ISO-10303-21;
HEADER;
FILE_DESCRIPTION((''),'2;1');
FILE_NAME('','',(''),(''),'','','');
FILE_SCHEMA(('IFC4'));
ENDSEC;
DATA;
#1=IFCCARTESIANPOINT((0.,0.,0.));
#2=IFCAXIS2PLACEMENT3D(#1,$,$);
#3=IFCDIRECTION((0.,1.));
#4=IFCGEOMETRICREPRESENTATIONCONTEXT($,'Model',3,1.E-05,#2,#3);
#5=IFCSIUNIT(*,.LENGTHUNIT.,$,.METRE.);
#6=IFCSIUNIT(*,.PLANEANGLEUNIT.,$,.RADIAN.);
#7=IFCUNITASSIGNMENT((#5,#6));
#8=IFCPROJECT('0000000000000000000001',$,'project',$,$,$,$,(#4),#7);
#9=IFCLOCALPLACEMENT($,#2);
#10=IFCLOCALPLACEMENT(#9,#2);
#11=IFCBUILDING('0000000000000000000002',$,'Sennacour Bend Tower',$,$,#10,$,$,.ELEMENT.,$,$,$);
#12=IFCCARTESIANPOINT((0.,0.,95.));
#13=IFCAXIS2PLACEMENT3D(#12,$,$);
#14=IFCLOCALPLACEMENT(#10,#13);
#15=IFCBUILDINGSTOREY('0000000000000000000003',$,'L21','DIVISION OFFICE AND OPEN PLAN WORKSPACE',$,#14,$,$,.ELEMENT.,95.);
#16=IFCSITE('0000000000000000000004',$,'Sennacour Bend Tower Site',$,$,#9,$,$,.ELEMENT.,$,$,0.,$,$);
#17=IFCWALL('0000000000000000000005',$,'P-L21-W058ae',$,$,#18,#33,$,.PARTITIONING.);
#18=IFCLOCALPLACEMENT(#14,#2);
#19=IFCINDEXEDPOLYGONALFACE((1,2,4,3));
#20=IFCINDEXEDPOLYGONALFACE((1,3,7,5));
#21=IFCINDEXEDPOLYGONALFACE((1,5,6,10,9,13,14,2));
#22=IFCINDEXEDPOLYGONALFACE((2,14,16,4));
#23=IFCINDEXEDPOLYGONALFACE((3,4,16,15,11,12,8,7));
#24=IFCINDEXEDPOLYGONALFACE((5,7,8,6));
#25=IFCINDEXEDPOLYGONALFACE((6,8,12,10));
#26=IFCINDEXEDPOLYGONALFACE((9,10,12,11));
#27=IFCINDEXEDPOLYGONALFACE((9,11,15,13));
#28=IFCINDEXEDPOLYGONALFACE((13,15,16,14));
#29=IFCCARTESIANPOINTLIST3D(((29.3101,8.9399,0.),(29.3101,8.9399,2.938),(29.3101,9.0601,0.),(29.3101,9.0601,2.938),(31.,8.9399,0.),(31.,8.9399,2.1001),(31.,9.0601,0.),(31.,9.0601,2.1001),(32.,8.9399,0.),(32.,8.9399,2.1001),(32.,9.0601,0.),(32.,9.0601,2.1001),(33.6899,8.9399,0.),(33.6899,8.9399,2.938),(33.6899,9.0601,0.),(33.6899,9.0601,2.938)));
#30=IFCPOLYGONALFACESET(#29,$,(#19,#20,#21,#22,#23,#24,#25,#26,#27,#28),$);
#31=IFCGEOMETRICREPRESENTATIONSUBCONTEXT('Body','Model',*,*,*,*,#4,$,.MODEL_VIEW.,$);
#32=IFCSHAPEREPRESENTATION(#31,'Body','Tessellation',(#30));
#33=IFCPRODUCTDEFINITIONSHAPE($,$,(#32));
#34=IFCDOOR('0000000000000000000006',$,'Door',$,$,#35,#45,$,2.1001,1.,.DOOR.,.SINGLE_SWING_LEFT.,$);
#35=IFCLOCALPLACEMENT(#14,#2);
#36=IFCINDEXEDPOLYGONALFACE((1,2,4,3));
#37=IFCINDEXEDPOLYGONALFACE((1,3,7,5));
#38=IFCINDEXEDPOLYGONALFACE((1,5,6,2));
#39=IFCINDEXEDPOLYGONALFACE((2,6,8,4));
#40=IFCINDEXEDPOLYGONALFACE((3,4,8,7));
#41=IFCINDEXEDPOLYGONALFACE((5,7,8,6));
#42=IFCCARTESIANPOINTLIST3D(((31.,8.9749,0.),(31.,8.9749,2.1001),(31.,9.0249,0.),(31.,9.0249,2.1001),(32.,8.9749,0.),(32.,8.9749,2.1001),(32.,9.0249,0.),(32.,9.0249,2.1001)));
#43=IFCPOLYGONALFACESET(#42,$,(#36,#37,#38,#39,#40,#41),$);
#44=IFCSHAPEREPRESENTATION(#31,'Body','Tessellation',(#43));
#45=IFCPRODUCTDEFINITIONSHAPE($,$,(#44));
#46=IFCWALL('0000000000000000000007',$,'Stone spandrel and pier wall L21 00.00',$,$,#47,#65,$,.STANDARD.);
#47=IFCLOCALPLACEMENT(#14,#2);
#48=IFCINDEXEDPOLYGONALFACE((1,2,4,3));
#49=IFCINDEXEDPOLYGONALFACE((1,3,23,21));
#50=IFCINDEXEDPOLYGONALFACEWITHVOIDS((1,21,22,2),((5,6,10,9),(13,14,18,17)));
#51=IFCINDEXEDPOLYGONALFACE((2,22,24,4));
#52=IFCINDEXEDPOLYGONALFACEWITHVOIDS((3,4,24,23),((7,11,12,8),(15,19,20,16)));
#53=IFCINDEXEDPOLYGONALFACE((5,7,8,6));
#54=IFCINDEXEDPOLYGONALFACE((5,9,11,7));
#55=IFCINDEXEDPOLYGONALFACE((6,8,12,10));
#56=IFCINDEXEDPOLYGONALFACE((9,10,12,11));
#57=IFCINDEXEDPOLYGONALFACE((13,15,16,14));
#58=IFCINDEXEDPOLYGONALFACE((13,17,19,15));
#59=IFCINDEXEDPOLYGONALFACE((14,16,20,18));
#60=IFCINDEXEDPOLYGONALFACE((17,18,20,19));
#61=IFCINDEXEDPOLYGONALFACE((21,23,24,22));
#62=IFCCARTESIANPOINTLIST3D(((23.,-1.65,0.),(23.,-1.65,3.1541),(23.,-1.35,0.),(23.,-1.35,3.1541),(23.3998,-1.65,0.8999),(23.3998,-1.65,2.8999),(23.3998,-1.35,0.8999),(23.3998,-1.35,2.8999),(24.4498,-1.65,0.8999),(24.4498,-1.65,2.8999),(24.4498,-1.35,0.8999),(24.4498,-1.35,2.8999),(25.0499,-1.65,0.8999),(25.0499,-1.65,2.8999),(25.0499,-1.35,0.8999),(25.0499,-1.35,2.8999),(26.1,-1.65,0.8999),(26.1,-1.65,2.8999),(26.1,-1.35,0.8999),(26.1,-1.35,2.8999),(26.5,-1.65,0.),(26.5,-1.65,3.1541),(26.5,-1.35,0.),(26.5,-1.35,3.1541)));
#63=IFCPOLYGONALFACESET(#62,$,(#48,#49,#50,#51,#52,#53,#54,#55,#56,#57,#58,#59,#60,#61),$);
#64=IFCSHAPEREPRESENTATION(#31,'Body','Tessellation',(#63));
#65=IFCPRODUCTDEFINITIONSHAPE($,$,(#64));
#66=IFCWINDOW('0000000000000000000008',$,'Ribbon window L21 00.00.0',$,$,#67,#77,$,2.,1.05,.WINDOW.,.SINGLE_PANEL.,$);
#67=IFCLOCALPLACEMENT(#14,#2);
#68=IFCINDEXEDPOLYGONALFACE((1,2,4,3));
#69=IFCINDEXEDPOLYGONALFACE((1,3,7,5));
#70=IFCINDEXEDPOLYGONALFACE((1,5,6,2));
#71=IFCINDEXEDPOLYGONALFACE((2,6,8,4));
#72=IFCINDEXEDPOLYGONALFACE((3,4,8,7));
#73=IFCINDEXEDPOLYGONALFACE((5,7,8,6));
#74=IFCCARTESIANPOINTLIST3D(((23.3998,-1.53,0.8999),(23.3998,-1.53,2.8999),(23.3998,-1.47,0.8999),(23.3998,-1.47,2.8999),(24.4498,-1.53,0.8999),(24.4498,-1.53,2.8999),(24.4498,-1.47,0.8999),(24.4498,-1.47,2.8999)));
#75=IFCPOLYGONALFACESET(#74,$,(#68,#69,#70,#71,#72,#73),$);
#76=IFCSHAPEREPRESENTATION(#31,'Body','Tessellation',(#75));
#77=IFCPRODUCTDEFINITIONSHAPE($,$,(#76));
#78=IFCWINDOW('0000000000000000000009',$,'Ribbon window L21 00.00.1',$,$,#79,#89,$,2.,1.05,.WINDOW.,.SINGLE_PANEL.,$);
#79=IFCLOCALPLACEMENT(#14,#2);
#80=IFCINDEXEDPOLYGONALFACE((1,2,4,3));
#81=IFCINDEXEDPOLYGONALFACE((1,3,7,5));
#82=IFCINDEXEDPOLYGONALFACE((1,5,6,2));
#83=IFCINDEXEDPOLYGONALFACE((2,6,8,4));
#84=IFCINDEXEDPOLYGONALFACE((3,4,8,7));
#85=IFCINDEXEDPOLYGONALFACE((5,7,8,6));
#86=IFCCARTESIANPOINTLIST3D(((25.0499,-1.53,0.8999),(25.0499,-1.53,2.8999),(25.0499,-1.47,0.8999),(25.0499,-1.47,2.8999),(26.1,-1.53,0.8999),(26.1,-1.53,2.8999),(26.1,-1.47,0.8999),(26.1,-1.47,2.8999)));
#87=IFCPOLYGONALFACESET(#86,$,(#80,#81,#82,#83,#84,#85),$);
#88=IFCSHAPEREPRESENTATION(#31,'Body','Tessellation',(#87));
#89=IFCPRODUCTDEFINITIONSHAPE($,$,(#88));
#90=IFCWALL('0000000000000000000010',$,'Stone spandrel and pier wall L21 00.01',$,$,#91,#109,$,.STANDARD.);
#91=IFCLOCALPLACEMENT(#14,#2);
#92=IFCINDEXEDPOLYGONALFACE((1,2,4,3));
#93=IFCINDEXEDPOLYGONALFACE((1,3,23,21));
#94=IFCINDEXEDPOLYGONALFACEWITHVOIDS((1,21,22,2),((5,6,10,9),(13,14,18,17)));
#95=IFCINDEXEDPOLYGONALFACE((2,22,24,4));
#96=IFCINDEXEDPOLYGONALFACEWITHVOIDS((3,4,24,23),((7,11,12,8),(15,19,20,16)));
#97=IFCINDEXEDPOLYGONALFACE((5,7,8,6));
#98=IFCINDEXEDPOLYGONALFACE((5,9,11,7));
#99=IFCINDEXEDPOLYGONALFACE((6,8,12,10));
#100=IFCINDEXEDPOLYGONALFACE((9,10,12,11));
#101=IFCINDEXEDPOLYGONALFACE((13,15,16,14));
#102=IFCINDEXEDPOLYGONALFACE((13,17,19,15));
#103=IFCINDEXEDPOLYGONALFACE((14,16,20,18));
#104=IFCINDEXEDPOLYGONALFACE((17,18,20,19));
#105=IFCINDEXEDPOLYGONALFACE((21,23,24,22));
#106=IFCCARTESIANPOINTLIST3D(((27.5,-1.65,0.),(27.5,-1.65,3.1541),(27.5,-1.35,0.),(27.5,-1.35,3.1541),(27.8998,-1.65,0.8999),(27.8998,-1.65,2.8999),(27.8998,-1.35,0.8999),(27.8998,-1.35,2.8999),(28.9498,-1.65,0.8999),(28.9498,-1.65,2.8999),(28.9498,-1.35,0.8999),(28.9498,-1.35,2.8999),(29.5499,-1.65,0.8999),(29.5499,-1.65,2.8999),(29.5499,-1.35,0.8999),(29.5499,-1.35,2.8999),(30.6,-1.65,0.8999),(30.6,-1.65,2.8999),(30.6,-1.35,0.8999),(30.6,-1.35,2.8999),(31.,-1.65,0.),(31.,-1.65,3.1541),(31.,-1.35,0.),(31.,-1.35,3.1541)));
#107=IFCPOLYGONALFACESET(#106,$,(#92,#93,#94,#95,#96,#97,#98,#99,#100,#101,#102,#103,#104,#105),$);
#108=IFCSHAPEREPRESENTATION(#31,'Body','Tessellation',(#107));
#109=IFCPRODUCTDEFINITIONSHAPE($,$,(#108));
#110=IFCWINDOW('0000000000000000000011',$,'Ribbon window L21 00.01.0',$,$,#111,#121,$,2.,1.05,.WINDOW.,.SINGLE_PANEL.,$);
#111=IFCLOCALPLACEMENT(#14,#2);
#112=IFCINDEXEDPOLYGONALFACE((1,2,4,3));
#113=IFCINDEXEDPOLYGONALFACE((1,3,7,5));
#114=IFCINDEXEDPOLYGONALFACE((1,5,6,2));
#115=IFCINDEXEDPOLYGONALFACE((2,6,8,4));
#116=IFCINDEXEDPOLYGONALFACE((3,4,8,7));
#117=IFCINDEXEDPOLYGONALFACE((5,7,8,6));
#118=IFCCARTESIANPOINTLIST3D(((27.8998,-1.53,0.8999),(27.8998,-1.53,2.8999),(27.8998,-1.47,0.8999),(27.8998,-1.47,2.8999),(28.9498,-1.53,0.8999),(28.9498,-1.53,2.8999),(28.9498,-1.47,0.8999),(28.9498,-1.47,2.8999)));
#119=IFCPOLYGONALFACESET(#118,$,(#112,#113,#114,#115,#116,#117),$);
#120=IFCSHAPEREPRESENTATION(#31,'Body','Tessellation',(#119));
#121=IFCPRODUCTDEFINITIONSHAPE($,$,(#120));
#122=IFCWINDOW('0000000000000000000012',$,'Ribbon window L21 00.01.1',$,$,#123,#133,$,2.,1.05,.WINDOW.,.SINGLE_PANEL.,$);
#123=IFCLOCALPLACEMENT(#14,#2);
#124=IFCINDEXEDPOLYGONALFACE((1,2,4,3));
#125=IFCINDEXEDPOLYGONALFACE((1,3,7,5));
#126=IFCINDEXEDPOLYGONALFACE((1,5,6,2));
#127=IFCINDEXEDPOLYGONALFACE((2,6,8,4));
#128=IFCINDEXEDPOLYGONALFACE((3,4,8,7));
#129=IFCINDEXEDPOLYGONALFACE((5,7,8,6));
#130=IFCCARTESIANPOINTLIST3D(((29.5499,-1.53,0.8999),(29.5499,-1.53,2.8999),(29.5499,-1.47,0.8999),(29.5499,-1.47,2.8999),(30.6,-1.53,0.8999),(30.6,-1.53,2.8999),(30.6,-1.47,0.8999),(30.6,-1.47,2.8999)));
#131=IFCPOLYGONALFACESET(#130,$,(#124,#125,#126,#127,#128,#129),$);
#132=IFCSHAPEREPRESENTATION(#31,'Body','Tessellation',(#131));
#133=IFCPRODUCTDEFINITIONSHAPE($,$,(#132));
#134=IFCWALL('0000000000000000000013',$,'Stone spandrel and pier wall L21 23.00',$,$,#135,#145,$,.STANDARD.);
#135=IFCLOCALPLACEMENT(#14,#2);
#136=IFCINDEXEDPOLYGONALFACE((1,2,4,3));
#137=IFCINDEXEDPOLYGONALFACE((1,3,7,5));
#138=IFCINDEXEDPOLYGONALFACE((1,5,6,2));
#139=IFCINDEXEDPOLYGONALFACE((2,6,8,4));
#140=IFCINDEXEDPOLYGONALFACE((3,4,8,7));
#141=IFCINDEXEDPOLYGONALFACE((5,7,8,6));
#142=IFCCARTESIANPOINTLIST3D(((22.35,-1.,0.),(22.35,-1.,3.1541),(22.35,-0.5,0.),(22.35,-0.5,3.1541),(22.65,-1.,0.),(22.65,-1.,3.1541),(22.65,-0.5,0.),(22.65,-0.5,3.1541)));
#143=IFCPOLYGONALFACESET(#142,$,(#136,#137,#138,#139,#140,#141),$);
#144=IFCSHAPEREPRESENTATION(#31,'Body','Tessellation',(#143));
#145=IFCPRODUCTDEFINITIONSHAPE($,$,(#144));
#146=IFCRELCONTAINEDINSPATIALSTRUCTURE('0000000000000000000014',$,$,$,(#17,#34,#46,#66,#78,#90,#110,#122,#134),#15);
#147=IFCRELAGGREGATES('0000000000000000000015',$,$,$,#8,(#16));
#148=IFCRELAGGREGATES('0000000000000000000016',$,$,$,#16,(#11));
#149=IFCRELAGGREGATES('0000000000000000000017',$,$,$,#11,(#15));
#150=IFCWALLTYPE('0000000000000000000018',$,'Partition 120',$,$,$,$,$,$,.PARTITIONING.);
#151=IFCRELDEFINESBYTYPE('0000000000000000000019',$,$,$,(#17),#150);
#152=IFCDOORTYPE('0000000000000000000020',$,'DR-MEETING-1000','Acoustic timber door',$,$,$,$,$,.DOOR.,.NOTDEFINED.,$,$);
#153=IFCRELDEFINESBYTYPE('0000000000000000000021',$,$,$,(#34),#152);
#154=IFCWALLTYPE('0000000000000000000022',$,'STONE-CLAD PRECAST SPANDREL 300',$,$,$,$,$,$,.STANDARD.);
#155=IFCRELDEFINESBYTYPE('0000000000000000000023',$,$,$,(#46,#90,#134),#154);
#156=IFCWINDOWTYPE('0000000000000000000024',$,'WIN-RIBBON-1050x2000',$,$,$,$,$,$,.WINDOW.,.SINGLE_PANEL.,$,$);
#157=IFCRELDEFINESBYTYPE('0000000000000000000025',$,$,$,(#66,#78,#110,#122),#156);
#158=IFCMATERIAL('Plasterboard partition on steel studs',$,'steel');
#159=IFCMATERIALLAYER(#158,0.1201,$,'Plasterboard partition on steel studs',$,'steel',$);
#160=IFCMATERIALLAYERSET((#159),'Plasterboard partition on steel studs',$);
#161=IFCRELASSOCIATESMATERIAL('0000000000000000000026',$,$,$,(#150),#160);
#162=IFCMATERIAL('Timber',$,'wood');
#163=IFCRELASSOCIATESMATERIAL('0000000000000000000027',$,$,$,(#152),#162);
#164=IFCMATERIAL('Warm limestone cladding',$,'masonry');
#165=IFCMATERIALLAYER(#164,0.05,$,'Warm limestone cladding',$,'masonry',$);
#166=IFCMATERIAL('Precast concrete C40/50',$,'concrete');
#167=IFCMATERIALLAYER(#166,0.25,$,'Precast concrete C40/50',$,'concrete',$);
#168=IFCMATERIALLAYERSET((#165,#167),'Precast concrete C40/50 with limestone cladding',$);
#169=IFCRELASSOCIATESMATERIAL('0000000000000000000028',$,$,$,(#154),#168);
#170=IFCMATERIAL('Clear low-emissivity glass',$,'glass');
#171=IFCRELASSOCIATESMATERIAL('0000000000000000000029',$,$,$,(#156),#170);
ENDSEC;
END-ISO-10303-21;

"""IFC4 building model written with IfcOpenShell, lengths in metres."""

from ifc_helpers import new_model, si_unit, direction, frame, frame_2d, origin, place, context, subcontext, project, spatial, rectangle, extrude, material, layer, layer_set, type_object, element, fill, save


model = new_model("IFC4")

# Units and contexts
model_context = context("Model", 3, precision=1e-05, world=origin(), true_north=direction((0.0, 1.0)))
body_context = subcontext(model_context, "Body", "Model", "MODEL_VIEW")
ifc_project = project(units=[si_unit("LENGTHUNIT", "METRE"), si_unit("PLANEANGLEUNIT", "RADIAN")], contexts=[model_context])

# Site, building, storey
site_placement = place(None, origin())
site = spatial("IfcSite", under=ifc_project, at=site_placement, Name="Sennacour Bend Tower Site", CompositionType="ELEMENT", RefElevation=0.0)
building_placement = place(site_placement, origin())
building = spatial("IfcBuilding", under=site, at=building_placement, Name="Sennacour Bend Tower", CompositionType="ELEMENT")
storey_placement = place(building_placement, frame((0.0, 0.0, 95.0)))
storey = spatial("IfcBuildingStorey", under=building, at=storey_placement, Name="L21", Description="DIVISION OFFICE AND OPEN PLAN WORKSPACE", CompositionType="ELEMENT", Elevation=95.0)

# Shared definitions
ifc_material_1 = material(Name="Plasterboard partition on steel studs", Category="steel")
ifc_layer_1 = layer(ifc_material_1, 0.1201, Name="Plasterboard partition on steel studs", Category="steel")
ifc_layer_set_1 = layer_set([ifc_layer_1], Name="Plasterboard partition on steel studs")
wall_type_1 = type_object("IfcWallType", Name="Partition 120", PredefinedType="PARTITIONING", material=ifc_layer_set_1)

# Wall, opening, door
ifc_material_2 = material(Name="Timber", Category="wood")
wall_1_placement = place(storey_placement, frame((29.3101, 9.0, 0.0), z_axis=(0.0, 0.0, 1.0), x_axis=(1.0, 0.0, 0.0)))
wall_1 = element("IfcWall", 1, at=wall_1_placement, inside=storey, type_object=wall_type_1, Name="P-L21-W058ae", PredefinedType="PARTITIONING", context=body_context, shape_type="SweptSolid", body=[
    extrude(rectangle(XDim=4.3799, YDim=0.1201, at=frame_2d((2.1899, 0.0))), origin(), (0.0, 0.0, 1.0), 2.938),
])
opening_1_placement = place(wall_1_placement, frame((1.6899, 0.0, 0.0)))
opening_1 = element("IfcOpeningElement", 2, at=opening_1_placement, cuts=wall_1, PredefinedType="OPENING", context=body_context, shape_type="SweptSolid", body=[
    extrude(rectangle(XDim=1.0, YDim=2.1001, at=frame_2d((0.5, 1.05))), frame((0.0, 0.0701, 0.0), z_axis=(0.0, -1.0, 0.0), x_axis=(1.0, 0.0, 0.0)), (0.0, 0.0, 1.0), 0.1401),
])
door_type_1 = type_object("IfcDoorType", Name="DR-MEETING-1000", Description="Acoustic timber door", OperationType="NOTDEFINED", PredefinedType="DOOR", material=ifc_material_2)
door_1_placement = place(opening_1_placement, origin())
door_1 = element("IfcDoor", 3, at=door_1_placement, inside=storey, type_object=door_type_1, Name="Door", OperationType="SINGLE_SWING_LEFT", OverallHeight=2.1001, OverallWidth=1.0, PredefinedType="DOOR", context=body_context, shape_type="SweptSolid", body=[
    extrude(rectangle(XDim=1.0, YDim=2.1001, at=frame_2d((0.5, 1.05))), frame((0.0, 0.0249, 0.0), z_axis=(0.0, -1.0, 0.0), x_axis=(1.0, 0.0, 0.0)), (0.0, 0.0, 1.0), 0.05),
])
fill(opening_1, door_1)

# Walls, openings, windows
ifc_material_3 = material(Name="Warm limestone cladding", Category="masonry")
ifc_layer_2 = layer(ifc_material_3, 0.05, Name="Warm limestone cladding", Category="masonry")
ifc_material_4 = material(Name="Precast concrete C40/50", Category="concrete")
ifc_layer_3 = layer(ifc_material_4, 0.25, Name="Precast concrete C40/50", Category="concrete")
ifc_layer_set_2 = layer_set([ifc_layer_2, ifc_layer_3], Name="Precast concrete C40/50 with limestone cladding")
wall_type_2 = type_object("IfcWallType", Name="STONE-CLAD PRECAST SPANDREL 300", PredefinedType="STANDARD", material=ifc_layer_set_2)
wall_2_placement = place(storey_placement, frame((23.0, -1.5, 0.0), z_axis=(0.0, 0.0, 1.0), x_axis=(1.0, 0.0, 0.0)))
wall_2 = element("IfcWall", 4, at=wall_2_placement, inside=storey, type_object=wall_type_2, Name="Stone spandrel and pier wall L21 00.00", PredefinedType="STANDARD", context=body_context, shape_type="SweptSolid", body=[
    extrude(rectangle(XDim=3.5, YDim=0.3, at=frame_2d((1.75, 0.0))), origin(), (0.0, 0.0, 1.0), 3.1541),
])
opening_2_placement = place(wall_2_placement, frame((0.3999, 0.0, 0.8999)))
opening_2 = element("IfcOpeningElement", 5, at=opening_2_placement, cuts=wall_2, PredefinedType="OPENING", context=body_context, shape_type="SweptSolid", body=[
    extrude(rectangle(XDim=1.05, YDim=2.0, at=frame_2d((0.5249, 1.0))), frame((0.0, 0.1602, 0.0), z_axis=(0.0, -1.0, 0.0), x_axis=(1.0, 0.0, 0.0)), (0.0, 0.0, 1.0), 0.3201),
])
opening_3_placement = place(wall_2_placement, frame((2.05, 0.0, 0.8999)))
opening_3 = element("IfcOpeningElement", 6, at=opening_3_placement, cuts=wall_2, PredefinedType="OPENING", context=body_context, shape_type="SweptSolid", body=[
    extrude(rectangle(XDim=1.05, YDim=2.0, at=frame_2d((0.5249, 1.0))), frame((0.0, 0.1602, 0.0), z_axis=(0.0, -1.0, 0.0), x_axis=(1.0, 0.0, 0.0)), (0.0, 0.0, 1.0), 0.3201),
])
ifc_material_5 = material(Name="Clear low-emissivity glass", Category="glass")
window_type = type_object("IfcWindowType", Name="WIN-RIBBON-1050x2000", PartitioningType="SINGLE_PANEL", PredefinedType="WINDOW", material=ifc_material_5)
window_1_placement = place(opening_2_placement, origin())
window_1 = element("IfcWindow", 7, at=window_1_placement, inside=storey, type_object=window_type, Name="Ribbon window L21 00.00.0", OverallHeight=2.0, OverallWidth=1.05, PartitioningType="SINGLE_PANEL", PredefinedType="WINDOW", context=body_context, shape_type="SweptSolid", body=[
    extrude(rectangle(XDim=1.05, YDim=2.0, at=frame_2d((0.5249, 1.0))), frame((0.0, 0.03, 0.0), z_axis=(0.0, -1.0, 0.0), x_axis=(1.0, 0.0, 0.0)), (0.0, 0.0, 1.0), 0.0601),
])
fill(opening_2, window_1)
window_2_placement = place(opening_3_placement, origin())
window_2 = element("IfcWindow", 8, at=window_2_placement, inside=storey, type_object=window_type, Name="Ribbon window L21 00.00.1", OverallHeight=2.0, OverallWidth=1.05, PartitioningType="SINGLE_PANEL", PredefinedType="WINDOW", context=body_context, shape_type="SweptSolid", body=[
    extrude(rectangle(XDim=1.05, YDim=2.0, at=frame_2d((0.5249, 1.0))), frame((0.0, 0.03, 0.0), z_axis=(0.0, -1.0, 0.0), x_axis=(1.0, 0.0, 0.0)), (0.0, 0.0, 1.0), 0.0601),
])
fill(opening_3, window_2)
wall_3_placement = place(storey_placement, frame((27.5, -1.5, 0.0), z_axis=(0.0, 0.0, 1.0), x_axis=(1.0, 0.0, 0.0)))
wall_3 = element("IfcWall", 9, at=wall_3_placement, inside=storey, type_object=wall_type_2, Name="Stone spandrel and pier wall L21 00.01", PredefinedType="STANDARD", context=body_context, shape_type="SweptSolid", body=[
    extrude(rectangle(XDim=3.5, YDim=0.3, at=frame_2d((1.75, 0.0))), origin(), (0.0, 0.0, 1.0), 3.1541),
])
opening_4_placement = place(wall_3_placement, frame((0.3999, 0.0, 0.8999)))
opening_4 = element("IfcOpeningElement", 10, at=opening_4_placement, cuts=wall_3, PredefinedType="OPENING", context=body_context, shape_type="SweptSolid", body=[
    extrude(rectangle(XDim=1.05, YDim=2.0, at=frame_2d((0.5249, 1.0))), frame((0.0, 0.1602, 0.0), z_axis=(0.0, -1.0, 0.0), x_axis=(1.0, 0.0, 0.0)), (0.0, 0.0, 1.0), 0.3201),
])
opening_5_placement = place(wall_3_placement, frame((2.05, 0.0, 0.8999)))
opening_5 = element("IfcOpeningElement", 11, at=opening_5_placement, cuts=wall_3, PredefinedType="OPENING", context=body_context, shape_type="SweptSolid", body=[
    extrude(rectangle(XDim=1.05, YDim=2.0, at=frame_2d((0.5249, 1.0))), frame((0.0, 0.1602, 0.0), z_axis=(0.0, -1.0, 0.0), x_axis=(1.0, 0.0, 0.0)), (0.0, 0.0, 1.0), 0.3201),
])
window_3_placement = place(opening_4_placement, origin())
window_3 = element("IfcWindow", 12, at=window_3_placement, inside=storey, type_object=window_type, Name="Ribbon window L21 00.01.0", OverallHeight=2.0, OverallWidth=1.05, PartitioningType="SINGLE_PANEL", PredefinedType="WINDOW", context=body_context, shape_type="SweptSolid", body=[
    extrude(rectangle(XDim=1.05, YDim=2.0, at=frame_2d((0.5249, 1.0))), frame((0.0, 0.03, 0.0), z_axis=(0.0, -1.0, 0.0), x_axis=(1.0, 0.0, 0.0)), (0.0, 0.0, 1.0), 0.0601),
])
fill(opening_4, window_3)
window_4_placement = place(opening_5_placement, origin())
window_4 = element("IfcWindow", 13, at=window_4_placement, inside=storey, type_object=window_type, Name="Ribbon window L21 00.01.1", OverallHeight=2.0, OverallWidth=1.05, PartitioningType="SINGLE_PANEL", PredefinedType="WINDOW", context=body_context, shape_type="SweptSolid", body=[
    extrude(rectangle(XDim=1.05, YDim=2.0, at=frame_2d((0.5249, 1.0))), frame((0.0, 0.03, 0.0), z_axis=(0.0, -1.0, 0.0), x_axis=(1.0, 0.0, 0.0)), (0.0, 0.0, 1.0), 0.0601),
])
fill(opening_5, window_4)

# Wall
wall_4_placement = place(storey_placement, frame((22.5, -0.5, 0.0), z_axis=(0.0, 0.0, 1.0), x_axis=(0.0, -1.0, 0.0)))
element("IfcWall", 14, at=wall_4_placement, inside=storey, type_object=wall_type_2, Name="Stone spandrel and pier wall L21 23.00", PredefinedType="STANDARD", context=body_context, shape_type="SweptSolid", body=[
    extrude(rectangle(XDim=0.5, YDim=0.3, at=frame_2d((0.25, 0.0))), origin(), (0.0, 0.0, 1.0), 3.1541),
])

save(model, "model.ifc")
